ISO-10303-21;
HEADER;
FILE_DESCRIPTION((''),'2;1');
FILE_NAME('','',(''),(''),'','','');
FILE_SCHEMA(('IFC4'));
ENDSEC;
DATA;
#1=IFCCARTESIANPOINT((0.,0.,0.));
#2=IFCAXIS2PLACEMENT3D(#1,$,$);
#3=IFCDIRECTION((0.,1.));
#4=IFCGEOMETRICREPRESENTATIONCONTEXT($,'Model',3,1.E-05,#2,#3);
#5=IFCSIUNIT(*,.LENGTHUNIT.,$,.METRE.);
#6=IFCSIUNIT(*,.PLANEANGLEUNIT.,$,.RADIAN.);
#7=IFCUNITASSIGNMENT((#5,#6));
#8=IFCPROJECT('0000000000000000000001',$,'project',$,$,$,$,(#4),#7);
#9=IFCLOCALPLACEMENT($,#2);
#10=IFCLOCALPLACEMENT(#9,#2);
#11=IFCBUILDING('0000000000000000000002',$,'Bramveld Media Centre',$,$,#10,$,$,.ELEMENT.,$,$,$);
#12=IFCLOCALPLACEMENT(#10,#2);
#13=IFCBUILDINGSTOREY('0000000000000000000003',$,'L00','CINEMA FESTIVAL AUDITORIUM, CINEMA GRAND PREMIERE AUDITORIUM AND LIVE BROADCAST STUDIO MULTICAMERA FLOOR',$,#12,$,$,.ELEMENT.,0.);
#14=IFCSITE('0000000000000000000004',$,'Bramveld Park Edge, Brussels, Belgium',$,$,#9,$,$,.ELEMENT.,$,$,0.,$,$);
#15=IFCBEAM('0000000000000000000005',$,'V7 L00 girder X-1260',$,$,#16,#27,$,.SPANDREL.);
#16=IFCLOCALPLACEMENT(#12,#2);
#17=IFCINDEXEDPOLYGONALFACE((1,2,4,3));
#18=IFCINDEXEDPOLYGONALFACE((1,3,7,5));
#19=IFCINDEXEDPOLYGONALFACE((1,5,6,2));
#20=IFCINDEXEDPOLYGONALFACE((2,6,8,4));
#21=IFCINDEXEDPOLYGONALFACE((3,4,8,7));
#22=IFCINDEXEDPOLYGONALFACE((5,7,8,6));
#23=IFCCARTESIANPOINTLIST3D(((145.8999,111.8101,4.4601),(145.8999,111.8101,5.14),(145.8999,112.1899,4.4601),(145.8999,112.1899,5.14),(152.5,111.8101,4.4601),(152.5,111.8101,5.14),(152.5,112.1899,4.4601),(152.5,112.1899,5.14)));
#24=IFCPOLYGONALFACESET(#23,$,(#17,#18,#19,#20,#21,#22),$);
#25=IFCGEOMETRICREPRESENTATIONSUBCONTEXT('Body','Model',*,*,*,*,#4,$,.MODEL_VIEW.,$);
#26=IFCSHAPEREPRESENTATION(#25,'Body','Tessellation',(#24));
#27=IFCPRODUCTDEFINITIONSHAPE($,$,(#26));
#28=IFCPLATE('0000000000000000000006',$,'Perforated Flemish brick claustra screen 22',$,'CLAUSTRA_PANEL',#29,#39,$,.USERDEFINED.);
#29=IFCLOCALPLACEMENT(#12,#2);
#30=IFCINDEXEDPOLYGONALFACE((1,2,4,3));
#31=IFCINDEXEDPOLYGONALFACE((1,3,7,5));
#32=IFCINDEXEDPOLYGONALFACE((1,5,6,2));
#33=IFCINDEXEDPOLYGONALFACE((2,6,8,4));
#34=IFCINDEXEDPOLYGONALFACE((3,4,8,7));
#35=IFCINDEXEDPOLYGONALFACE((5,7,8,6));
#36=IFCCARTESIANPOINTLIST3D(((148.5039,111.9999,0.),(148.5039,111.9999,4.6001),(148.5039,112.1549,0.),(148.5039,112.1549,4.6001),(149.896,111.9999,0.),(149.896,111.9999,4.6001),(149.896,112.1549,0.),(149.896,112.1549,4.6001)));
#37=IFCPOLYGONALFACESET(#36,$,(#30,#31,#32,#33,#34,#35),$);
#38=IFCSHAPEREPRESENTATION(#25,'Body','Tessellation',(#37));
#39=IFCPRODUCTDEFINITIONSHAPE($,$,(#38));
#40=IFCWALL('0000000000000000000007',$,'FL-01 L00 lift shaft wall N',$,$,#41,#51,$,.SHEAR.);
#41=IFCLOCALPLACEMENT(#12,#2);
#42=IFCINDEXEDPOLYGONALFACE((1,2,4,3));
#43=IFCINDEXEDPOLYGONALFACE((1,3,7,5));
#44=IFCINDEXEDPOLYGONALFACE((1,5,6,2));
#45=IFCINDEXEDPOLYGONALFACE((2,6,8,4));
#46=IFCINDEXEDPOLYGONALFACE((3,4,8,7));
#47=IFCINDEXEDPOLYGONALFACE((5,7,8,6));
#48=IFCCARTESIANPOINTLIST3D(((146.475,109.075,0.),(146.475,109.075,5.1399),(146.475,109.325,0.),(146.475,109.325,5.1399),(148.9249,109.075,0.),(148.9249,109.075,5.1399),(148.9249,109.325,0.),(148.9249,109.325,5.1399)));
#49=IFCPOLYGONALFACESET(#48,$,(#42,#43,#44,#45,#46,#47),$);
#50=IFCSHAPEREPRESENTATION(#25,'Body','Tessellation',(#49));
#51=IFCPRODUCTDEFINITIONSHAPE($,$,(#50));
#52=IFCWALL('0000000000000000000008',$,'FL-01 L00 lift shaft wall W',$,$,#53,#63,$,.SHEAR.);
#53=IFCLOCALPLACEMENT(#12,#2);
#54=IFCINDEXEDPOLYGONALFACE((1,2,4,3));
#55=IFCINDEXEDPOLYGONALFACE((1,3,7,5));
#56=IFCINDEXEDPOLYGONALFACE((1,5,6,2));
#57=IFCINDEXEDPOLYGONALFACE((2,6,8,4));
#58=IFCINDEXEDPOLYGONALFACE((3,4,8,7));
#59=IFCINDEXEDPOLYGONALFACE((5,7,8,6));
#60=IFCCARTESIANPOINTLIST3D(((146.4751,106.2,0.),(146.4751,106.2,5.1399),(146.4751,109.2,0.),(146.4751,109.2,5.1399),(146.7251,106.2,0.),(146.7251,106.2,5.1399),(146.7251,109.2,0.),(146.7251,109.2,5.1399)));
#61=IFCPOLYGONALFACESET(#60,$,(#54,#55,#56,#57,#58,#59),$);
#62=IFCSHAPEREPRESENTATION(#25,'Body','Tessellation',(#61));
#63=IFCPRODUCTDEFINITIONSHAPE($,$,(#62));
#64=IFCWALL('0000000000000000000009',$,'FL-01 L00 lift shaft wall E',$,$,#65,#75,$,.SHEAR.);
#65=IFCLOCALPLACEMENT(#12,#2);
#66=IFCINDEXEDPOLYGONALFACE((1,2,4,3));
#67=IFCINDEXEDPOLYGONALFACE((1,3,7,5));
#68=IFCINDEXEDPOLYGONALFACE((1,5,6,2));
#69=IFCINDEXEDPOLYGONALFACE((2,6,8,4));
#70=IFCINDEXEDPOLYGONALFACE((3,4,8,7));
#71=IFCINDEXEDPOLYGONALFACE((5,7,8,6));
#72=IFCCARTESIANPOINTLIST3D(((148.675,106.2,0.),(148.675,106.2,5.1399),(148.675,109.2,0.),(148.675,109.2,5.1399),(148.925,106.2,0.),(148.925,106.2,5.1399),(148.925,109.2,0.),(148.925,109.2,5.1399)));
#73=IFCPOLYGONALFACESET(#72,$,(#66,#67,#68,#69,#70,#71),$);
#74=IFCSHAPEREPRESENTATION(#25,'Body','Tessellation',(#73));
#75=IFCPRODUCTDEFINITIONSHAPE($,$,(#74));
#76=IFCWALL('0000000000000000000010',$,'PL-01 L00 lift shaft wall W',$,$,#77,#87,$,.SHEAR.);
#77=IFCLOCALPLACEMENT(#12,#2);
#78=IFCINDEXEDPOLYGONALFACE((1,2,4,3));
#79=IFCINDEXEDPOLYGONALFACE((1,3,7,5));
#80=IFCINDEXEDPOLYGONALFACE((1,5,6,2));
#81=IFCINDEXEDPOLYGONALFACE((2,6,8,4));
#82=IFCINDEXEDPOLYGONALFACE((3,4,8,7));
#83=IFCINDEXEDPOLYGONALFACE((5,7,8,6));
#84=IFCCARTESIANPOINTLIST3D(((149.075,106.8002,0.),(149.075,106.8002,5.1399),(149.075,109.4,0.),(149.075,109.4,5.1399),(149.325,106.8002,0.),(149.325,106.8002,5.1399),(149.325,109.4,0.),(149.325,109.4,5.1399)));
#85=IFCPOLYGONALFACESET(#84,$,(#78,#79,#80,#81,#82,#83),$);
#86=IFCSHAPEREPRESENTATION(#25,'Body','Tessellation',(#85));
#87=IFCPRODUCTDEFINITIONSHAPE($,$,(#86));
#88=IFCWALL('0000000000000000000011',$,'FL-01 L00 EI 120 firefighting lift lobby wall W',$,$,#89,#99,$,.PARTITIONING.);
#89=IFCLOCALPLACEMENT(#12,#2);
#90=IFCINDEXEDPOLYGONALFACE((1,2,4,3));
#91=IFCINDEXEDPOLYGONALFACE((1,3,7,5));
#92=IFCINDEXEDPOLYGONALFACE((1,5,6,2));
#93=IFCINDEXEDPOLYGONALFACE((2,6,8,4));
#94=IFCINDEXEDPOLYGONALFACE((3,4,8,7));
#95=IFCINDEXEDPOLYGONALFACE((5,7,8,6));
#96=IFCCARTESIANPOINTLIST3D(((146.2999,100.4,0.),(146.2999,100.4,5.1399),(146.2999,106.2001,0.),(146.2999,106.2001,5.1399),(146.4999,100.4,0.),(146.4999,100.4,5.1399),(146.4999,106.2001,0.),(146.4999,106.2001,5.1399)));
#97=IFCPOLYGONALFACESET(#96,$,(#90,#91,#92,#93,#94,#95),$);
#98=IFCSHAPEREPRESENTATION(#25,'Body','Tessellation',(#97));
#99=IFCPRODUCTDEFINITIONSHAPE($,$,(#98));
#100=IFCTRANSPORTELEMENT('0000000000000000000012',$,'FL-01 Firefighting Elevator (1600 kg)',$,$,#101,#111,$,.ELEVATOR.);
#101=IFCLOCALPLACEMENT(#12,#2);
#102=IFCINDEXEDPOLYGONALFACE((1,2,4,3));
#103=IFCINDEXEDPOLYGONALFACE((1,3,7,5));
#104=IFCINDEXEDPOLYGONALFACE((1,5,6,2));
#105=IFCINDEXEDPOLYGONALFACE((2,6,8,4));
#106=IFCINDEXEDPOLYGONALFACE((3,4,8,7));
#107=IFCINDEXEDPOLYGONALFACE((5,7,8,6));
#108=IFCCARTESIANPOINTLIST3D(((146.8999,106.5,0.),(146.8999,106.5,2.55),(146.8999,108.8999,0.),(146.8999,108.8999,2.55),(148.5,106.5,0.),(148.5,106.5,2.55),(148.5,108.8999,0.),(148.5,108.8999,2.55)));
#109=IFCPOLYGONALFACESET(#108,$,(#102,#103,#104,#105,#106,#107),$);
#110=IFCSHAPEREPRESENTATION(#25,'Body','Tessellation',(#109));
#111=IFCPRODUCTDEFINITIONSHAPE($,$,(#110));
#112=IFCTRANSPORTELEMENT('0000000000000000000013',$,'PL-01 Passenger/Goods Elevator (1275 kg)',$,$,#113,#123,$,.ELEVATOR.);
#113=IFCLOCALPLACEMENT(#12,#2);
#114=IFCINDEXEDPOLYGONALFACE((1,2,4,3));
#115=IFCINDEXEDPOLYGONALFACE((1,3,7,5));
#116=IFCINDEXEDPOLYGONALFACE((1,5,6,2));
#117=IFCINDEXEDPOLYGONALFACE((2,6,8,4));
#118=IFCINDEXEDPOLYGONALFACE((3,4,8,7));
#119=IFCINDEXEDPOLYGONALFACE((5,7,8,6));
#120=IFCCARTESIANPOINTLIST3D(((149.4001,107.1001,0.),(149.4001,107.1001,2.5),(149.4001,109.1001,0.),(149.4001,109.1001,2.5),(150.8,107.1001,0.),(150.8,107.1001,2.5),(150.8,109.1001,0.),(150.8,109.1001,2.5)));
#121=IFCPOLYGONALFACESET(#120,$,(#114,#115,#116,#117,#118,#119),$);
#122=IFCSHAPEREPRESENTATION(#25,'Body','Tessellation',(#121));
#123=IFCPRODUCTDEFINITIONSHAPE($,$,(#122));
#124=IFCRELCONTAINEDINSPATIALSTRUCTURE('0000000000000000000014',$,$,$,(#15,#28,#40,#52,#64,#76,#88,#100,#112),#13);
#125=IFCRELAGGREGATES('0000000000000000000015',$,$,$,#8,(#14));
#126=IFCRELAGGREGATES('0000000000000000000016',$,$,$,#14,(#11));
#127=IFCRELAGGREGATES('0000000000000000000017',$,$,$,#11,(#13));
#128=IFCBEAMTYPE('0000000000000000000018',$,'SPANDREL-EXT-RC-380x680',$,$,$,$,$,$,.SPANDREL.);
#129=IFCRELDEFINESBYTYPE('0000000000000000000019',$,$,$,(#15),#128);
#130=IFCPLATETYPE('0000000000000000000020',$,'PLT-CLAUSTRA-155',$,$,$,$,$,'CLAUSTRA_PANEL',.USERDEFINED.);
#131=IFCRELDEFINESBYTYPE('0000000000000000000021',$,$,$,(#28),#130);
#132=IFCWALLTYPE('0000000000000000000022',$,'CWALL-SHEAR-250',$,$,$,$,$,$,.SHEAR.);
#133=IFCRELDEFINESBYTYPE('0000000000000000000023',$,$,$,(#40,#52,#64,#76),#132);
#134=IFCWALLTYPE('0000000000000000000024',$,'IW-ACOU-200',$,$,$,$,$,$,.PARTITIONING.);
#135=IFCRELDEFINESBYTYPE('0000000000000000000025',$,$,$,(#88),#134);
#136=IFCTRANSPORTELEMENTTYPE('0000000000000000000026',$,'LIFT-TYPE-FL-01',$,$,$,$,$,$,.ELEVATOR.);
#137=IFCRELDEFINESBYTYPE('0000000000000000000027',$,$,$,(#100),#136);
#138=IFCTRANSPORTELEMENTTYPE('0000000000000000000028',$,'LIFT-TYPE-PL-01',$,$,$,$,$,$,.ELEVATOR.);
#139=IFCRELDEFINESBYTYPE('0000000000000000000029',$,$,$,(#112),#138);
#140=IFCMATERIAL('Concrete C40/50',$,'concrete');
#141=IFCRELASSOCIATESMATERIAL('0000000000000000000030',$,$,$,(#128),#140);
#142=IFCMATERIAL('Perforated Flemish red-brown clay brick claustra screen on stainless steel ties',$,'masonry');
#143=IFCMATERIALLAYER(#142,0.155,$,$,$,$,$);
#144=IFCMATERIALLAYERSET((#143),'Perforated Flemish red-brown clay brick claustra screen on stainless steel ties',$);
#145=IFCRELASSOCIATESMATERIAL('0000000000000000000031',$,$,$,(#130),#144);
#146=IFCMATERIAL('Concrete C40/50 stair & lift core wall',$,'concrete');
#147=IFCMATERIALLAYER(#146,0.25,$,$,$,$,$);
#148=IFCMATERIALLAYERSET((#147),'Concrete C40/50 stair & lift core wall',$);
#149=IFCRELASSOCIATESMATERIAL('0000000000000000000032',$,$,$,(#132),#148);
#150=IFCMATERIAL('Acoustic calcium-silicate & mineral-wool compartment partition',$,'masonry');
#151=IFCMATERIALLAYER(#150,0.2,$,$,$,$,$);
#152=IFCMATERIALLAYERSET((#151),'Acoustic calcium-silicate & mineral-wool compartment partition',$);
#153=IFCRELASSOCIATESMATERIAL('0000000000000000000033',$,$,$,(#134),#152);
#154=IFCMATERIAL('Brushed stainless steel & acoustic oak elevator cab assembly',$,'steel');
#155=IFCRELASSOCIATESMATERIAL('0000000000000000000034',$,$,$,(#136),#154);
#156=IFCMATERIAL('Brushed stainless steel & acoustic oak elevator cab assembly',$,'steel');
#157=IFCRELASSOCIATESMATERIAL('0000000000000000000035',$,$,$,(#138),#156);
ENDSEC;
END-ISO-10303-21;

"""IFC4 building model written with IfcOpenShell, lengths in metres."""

from ifc_helpers import new_model, si_unit, direction, frame, frame_2d, origin, origin_2d, place, context, subcontext, project, spatial, rectangle, extrude, material, layer, layer_set, material_profile, profile_set, type_object, element, save


model = new_model("IFC4")

# Units and contexts
model_context = context("Model", 3, precision=1e-05, world=origin(), true_north=direction((0.0, 1.0)))
body_context = subcontext(model_context, "Body", "Model", "MODEL_VIEW")
ifc_project = project(units=[si_unit("LENGTHUNIT", "METRE"), si_unit("PLANEANGLEUNIT", "RADIAN")], contexts=[model_context])

# Site, building, storey
site_placement = place(None, origin())
site = spatial("IfcSite", under=ifc_project, at=site_placement, Name="Bramveld Park Edge, Brussels, Belgium", CompositionType="ELEMENT", RefElevation=0.0)
building_placement = place(site_placement, origin())
building = spatial("IfcBuilding", under=site, at=building_placement, Name="Bramveld Media Centre", CompositionType="ELEMENT")
storey_placement = place(building_placement, origin())
storey = spatial("IfcBuildingStorey", under=building, at=storey_placement, Name="L00", Description="CINEMA FESTIVAL AUDITORIUM, CINEMA GRAND PREMIERE AUDITORIUM AND LIVE BROADCAST STUDIO MULTICAMERA FLOOR", CompositionType="ELEMENT", Elevation=0.0)

# Beam
ifc_material_1 = material(Name="Concrete C40/50", Category="concrete")
ifc_material_profile_1 = material_profile(ifc_material_1, rectangle(XDim=0.3799, YDim=0.6799, at=origin_2d()), Name="RC 380x680")
ifc_profile_set_1 = profile_set([ifc_material_profile_1], Name="Concrete C40/50")
beam_type_1 = type_object("IfcBeamType", Name="SPANDREL-EXT-RC-380x680", PredefinedType="SPANDREL", material=ifc_profile_set_1)
beam_1_placement = place(storey_placement, frame((145.8999, 112.0, 4.8), z_axis=(1.0, 0.0, 0.0), x_axis=(0.0, 1.0, 0.0)))
element("IfcBeam", 1, at=beam_1_placement, inside=storey, type_object=beam_type_1, Name="V7 L00 girder X-1260", PredefinedType="SPANDREL", context=body_context, shape_type="SweptSolid", body=[
    extrude(rectangle(XDim=0.3799, YDim=0.6799, at=origin_2d()), origin(), (0.0, 0.0, 1.0), 6.6001),
])

# Plate
ifc_material_2 = material(Name="Perforated Flemish red-brown clay brick claustra screen on stainless steel ties", Category="masonry")
ifc_layer_1 = layer(ifc_material_2, 0.155)
ifc_layer_set_1 = layer_set([ifc_layer_1], Name="Perforated Flemish red-brown clay brick claustra screen on stainless steel ties")
plate_type = type_object("IfcPlateType", Name="PLT-CLAUSTRA-155", ElementType="CLAUSTRA_PANEL", PredefinedType="USERDEFINED", material=ifc_layer_set_1)
plate_placement = place(storey_placement, frame((149.2, 112.0774, 0.0), z_axis=(0.0, 0.0, 1.0), x_axis=(1.0, 0.0, 0.0)))
element("IfcPlate", 2, at=plate_placement, inside=storey, type_object=plate_type, Name="Perforated Flemish brick claustra screen 22", ObjectType="CLAUSTRA_PANEL", PredefinedType="USERDEFINED", context=body_context, shape_type="SweptSolid", body=[
    extrude(rectangle(XDim=1.3921, YDim=0.155, at=origin_2d()), origin(), (0.0, 0.0, 1.0), 4.6001),
])

# Shared definitions
ifc_material_3 = material(Name="Concrete C40/50 stair & lift core wall", Category="concrete")
ifc_layer_2 = layer(ifc_material_3, 0.25)
ifc_layer_set_2 = layer_set([ifc_layer_2], Name="Concrete C40/50 stair & lift core wall")
wall_type_1 = type_object("IfcWallType", Name="CWALL-SHEAR-250", PredefinedType="SHEAR", material=ifc_layer_set_2)

# Walls
wall_1_placement = place(storey_placement, frame((148.925, 109.2, 0.0), z_axis=(0.0, 0.0, 1.0), x_axis=(-1.0, 0.0, 0.0)))
element("IfcWall", 3, at=wall_1_placement, inside=storey, type_object=wall_type_1, Name="FL-01 L00 lift shaft wall N", PredefinedType="SHEAR", context=body_context, shape_type="SweptSolid", body=[
    extrude(rectangle(XDim=2.45, YDim=0.25, at=frame_2d((1.2251, 0.0))), origin(), (0.0, 0.0, 1.0), 5.1399),
])
for number, where, z_axis, x_axis, name in (
    (4, (146.6001, 109.2, 0.0), (0.0, 0.0, 1.0), (0.0, -1.0, 0.0), "FL-01 L00 lift shaft wall W"),
    (5, (148.8, 106.2, 0.0), (0.0, 0.0, 1.0), (0.0, 1.0, 0.0), "FL-01 L00 lift shaft wall E"),
):
    element("IfcWall", number, at=place(storey_placement, frame(where, z_axis=z_axis, x_axis=x_axis)), inside=storey, type_object=wall_type_1, Name=name, PredefinedType="SHEAR", context=body_context, shape_type="SweptSolid", body=[
        extrude(rectangle(XDim=3.0, YDim=0.25, at=frame_2d((1.5, 0.0))), origin(), (0.0, 0.0, 1.0), 5.1399),
    ])

# Walls
wall_2_placement = place(storey_placement, frame((149.2, 109.3999, 0.0), z_axis=(0.0, 0.0, 1.0), x_axis=(0.0, -1.0, 0.0)))
element("IfcWall", 6, at=wall_2_placement, inside=storey, type_object=wall_type_1, Name="PL-01 L00 lift shaft wall W", PredefinedType="SHEAR", context=body_context, shape_type="SweptSolid", body=[
    extrude(rectangle(XDim=2.5999, YDim=0.25, at=frame_2d((1.2998, 0.0))), origin(), (0.0, 0.0, 1.0), 5.1399),
])
ifc_material_4 = material(Name="Acoustic calcium-silicate & mineral-wool compartment partition", Category="masonry")
ifc_layer_3 = layer(ifc_material_4, 0.2)
ifc_layer_set_3 = layer_set([ifc_layer_3], Name="Acoustic calcium-silicate & mineral-wool compartment partition")
wall_type_2 = type_object("IfcWallType", Name="IW-ACOU-200", PredefinedType="PARTITIONING", material=ifc_layer_set_3)
wall_3_placement = place(storey_placement, frame((146.3999, 106.2, 0.0), z_axis=(0.0, 0.0, 1.0), x_axis=(0.0, -1.0, 0.0)))
element("IfcWall", 7, at=wall_3_placement, inside=storey, type_object=wall_type_2, Name="FL-01 L00 EI 120 firefighting lift lobby wall W", PredefinedType="PARTITIONING", context=body_context, shape_type="SweptSolid", body=[
    extrude(rectangle(XDim=5.8, YDim=0.2, at=frame_2d((2.8999, 0.0))), origin(), (0.0, 0.0, 1.0), 5.1399),
])

# Transport elements
ifc_material_5 = material(Name="Brushed stainless steel & acoustic oak elevator cab assembly", Category="steel")
transport_element_type_1 = type_object("IfcTransportElementType", Name="LIFT-TYPE-FL-01", PredefinedType="ELEVATOR", material=ifc_material_5)
transport_element_1_placement = place(storey_placement, frame((147.7, 107.7, 0.0), z_axis=(0.0, 0.0, 1.0), x_axis=(1.0, 0.0, 0.0)))
element("IfcTransportElement", 8, at=transport_element_1_placement, inside=storey, type_object=transport_element_type_1, Name="FL-01 Firefighting Elevator (1600 kg)", PredefinedType="ELEVATOR", context=body_context, shape_type="SweptSolid", body=[
    extrude(rectangle(XDim=1.6001, YDim=2.3999, at=origin_2d()), origin(), (0.0, 0.0, 1.0), 2.55),
])
ifc_material_6 = material(Name="Brushed stainless steel & acoustic oak elevator cab assembly", Category="steel")
transport_element_type_2 = type_object("IfcTransportElementType", Name="LIFT-TYPE-PL-01", PredefinedType="ELEVATOR", material=ifc_material_6)
transport_element_2_placement = place(storey_placement, frame((150.1001, 108.1001, 0.0), z_axis=(0.0, 0.0, 1.0), x_axis=(1.0, 0.0, 0.0)))
element("IfcTransportElement", 9, at=transport_element_2_placement, inside=storey, type_object=transport_element_type_2, Name="PL-01 Passenger/Goods Elevator (1275 kg)", PredefinedType="ELEVATOR", context=body_context, shape_type="SweptSolid", body=[
    extrude(rectangle(XDim=1.3999, YDim=2.0, at=origin_2d()), origin(), (0.0, 0.0, 1.0), 2.5),
])

save(model, "model.ifc")
